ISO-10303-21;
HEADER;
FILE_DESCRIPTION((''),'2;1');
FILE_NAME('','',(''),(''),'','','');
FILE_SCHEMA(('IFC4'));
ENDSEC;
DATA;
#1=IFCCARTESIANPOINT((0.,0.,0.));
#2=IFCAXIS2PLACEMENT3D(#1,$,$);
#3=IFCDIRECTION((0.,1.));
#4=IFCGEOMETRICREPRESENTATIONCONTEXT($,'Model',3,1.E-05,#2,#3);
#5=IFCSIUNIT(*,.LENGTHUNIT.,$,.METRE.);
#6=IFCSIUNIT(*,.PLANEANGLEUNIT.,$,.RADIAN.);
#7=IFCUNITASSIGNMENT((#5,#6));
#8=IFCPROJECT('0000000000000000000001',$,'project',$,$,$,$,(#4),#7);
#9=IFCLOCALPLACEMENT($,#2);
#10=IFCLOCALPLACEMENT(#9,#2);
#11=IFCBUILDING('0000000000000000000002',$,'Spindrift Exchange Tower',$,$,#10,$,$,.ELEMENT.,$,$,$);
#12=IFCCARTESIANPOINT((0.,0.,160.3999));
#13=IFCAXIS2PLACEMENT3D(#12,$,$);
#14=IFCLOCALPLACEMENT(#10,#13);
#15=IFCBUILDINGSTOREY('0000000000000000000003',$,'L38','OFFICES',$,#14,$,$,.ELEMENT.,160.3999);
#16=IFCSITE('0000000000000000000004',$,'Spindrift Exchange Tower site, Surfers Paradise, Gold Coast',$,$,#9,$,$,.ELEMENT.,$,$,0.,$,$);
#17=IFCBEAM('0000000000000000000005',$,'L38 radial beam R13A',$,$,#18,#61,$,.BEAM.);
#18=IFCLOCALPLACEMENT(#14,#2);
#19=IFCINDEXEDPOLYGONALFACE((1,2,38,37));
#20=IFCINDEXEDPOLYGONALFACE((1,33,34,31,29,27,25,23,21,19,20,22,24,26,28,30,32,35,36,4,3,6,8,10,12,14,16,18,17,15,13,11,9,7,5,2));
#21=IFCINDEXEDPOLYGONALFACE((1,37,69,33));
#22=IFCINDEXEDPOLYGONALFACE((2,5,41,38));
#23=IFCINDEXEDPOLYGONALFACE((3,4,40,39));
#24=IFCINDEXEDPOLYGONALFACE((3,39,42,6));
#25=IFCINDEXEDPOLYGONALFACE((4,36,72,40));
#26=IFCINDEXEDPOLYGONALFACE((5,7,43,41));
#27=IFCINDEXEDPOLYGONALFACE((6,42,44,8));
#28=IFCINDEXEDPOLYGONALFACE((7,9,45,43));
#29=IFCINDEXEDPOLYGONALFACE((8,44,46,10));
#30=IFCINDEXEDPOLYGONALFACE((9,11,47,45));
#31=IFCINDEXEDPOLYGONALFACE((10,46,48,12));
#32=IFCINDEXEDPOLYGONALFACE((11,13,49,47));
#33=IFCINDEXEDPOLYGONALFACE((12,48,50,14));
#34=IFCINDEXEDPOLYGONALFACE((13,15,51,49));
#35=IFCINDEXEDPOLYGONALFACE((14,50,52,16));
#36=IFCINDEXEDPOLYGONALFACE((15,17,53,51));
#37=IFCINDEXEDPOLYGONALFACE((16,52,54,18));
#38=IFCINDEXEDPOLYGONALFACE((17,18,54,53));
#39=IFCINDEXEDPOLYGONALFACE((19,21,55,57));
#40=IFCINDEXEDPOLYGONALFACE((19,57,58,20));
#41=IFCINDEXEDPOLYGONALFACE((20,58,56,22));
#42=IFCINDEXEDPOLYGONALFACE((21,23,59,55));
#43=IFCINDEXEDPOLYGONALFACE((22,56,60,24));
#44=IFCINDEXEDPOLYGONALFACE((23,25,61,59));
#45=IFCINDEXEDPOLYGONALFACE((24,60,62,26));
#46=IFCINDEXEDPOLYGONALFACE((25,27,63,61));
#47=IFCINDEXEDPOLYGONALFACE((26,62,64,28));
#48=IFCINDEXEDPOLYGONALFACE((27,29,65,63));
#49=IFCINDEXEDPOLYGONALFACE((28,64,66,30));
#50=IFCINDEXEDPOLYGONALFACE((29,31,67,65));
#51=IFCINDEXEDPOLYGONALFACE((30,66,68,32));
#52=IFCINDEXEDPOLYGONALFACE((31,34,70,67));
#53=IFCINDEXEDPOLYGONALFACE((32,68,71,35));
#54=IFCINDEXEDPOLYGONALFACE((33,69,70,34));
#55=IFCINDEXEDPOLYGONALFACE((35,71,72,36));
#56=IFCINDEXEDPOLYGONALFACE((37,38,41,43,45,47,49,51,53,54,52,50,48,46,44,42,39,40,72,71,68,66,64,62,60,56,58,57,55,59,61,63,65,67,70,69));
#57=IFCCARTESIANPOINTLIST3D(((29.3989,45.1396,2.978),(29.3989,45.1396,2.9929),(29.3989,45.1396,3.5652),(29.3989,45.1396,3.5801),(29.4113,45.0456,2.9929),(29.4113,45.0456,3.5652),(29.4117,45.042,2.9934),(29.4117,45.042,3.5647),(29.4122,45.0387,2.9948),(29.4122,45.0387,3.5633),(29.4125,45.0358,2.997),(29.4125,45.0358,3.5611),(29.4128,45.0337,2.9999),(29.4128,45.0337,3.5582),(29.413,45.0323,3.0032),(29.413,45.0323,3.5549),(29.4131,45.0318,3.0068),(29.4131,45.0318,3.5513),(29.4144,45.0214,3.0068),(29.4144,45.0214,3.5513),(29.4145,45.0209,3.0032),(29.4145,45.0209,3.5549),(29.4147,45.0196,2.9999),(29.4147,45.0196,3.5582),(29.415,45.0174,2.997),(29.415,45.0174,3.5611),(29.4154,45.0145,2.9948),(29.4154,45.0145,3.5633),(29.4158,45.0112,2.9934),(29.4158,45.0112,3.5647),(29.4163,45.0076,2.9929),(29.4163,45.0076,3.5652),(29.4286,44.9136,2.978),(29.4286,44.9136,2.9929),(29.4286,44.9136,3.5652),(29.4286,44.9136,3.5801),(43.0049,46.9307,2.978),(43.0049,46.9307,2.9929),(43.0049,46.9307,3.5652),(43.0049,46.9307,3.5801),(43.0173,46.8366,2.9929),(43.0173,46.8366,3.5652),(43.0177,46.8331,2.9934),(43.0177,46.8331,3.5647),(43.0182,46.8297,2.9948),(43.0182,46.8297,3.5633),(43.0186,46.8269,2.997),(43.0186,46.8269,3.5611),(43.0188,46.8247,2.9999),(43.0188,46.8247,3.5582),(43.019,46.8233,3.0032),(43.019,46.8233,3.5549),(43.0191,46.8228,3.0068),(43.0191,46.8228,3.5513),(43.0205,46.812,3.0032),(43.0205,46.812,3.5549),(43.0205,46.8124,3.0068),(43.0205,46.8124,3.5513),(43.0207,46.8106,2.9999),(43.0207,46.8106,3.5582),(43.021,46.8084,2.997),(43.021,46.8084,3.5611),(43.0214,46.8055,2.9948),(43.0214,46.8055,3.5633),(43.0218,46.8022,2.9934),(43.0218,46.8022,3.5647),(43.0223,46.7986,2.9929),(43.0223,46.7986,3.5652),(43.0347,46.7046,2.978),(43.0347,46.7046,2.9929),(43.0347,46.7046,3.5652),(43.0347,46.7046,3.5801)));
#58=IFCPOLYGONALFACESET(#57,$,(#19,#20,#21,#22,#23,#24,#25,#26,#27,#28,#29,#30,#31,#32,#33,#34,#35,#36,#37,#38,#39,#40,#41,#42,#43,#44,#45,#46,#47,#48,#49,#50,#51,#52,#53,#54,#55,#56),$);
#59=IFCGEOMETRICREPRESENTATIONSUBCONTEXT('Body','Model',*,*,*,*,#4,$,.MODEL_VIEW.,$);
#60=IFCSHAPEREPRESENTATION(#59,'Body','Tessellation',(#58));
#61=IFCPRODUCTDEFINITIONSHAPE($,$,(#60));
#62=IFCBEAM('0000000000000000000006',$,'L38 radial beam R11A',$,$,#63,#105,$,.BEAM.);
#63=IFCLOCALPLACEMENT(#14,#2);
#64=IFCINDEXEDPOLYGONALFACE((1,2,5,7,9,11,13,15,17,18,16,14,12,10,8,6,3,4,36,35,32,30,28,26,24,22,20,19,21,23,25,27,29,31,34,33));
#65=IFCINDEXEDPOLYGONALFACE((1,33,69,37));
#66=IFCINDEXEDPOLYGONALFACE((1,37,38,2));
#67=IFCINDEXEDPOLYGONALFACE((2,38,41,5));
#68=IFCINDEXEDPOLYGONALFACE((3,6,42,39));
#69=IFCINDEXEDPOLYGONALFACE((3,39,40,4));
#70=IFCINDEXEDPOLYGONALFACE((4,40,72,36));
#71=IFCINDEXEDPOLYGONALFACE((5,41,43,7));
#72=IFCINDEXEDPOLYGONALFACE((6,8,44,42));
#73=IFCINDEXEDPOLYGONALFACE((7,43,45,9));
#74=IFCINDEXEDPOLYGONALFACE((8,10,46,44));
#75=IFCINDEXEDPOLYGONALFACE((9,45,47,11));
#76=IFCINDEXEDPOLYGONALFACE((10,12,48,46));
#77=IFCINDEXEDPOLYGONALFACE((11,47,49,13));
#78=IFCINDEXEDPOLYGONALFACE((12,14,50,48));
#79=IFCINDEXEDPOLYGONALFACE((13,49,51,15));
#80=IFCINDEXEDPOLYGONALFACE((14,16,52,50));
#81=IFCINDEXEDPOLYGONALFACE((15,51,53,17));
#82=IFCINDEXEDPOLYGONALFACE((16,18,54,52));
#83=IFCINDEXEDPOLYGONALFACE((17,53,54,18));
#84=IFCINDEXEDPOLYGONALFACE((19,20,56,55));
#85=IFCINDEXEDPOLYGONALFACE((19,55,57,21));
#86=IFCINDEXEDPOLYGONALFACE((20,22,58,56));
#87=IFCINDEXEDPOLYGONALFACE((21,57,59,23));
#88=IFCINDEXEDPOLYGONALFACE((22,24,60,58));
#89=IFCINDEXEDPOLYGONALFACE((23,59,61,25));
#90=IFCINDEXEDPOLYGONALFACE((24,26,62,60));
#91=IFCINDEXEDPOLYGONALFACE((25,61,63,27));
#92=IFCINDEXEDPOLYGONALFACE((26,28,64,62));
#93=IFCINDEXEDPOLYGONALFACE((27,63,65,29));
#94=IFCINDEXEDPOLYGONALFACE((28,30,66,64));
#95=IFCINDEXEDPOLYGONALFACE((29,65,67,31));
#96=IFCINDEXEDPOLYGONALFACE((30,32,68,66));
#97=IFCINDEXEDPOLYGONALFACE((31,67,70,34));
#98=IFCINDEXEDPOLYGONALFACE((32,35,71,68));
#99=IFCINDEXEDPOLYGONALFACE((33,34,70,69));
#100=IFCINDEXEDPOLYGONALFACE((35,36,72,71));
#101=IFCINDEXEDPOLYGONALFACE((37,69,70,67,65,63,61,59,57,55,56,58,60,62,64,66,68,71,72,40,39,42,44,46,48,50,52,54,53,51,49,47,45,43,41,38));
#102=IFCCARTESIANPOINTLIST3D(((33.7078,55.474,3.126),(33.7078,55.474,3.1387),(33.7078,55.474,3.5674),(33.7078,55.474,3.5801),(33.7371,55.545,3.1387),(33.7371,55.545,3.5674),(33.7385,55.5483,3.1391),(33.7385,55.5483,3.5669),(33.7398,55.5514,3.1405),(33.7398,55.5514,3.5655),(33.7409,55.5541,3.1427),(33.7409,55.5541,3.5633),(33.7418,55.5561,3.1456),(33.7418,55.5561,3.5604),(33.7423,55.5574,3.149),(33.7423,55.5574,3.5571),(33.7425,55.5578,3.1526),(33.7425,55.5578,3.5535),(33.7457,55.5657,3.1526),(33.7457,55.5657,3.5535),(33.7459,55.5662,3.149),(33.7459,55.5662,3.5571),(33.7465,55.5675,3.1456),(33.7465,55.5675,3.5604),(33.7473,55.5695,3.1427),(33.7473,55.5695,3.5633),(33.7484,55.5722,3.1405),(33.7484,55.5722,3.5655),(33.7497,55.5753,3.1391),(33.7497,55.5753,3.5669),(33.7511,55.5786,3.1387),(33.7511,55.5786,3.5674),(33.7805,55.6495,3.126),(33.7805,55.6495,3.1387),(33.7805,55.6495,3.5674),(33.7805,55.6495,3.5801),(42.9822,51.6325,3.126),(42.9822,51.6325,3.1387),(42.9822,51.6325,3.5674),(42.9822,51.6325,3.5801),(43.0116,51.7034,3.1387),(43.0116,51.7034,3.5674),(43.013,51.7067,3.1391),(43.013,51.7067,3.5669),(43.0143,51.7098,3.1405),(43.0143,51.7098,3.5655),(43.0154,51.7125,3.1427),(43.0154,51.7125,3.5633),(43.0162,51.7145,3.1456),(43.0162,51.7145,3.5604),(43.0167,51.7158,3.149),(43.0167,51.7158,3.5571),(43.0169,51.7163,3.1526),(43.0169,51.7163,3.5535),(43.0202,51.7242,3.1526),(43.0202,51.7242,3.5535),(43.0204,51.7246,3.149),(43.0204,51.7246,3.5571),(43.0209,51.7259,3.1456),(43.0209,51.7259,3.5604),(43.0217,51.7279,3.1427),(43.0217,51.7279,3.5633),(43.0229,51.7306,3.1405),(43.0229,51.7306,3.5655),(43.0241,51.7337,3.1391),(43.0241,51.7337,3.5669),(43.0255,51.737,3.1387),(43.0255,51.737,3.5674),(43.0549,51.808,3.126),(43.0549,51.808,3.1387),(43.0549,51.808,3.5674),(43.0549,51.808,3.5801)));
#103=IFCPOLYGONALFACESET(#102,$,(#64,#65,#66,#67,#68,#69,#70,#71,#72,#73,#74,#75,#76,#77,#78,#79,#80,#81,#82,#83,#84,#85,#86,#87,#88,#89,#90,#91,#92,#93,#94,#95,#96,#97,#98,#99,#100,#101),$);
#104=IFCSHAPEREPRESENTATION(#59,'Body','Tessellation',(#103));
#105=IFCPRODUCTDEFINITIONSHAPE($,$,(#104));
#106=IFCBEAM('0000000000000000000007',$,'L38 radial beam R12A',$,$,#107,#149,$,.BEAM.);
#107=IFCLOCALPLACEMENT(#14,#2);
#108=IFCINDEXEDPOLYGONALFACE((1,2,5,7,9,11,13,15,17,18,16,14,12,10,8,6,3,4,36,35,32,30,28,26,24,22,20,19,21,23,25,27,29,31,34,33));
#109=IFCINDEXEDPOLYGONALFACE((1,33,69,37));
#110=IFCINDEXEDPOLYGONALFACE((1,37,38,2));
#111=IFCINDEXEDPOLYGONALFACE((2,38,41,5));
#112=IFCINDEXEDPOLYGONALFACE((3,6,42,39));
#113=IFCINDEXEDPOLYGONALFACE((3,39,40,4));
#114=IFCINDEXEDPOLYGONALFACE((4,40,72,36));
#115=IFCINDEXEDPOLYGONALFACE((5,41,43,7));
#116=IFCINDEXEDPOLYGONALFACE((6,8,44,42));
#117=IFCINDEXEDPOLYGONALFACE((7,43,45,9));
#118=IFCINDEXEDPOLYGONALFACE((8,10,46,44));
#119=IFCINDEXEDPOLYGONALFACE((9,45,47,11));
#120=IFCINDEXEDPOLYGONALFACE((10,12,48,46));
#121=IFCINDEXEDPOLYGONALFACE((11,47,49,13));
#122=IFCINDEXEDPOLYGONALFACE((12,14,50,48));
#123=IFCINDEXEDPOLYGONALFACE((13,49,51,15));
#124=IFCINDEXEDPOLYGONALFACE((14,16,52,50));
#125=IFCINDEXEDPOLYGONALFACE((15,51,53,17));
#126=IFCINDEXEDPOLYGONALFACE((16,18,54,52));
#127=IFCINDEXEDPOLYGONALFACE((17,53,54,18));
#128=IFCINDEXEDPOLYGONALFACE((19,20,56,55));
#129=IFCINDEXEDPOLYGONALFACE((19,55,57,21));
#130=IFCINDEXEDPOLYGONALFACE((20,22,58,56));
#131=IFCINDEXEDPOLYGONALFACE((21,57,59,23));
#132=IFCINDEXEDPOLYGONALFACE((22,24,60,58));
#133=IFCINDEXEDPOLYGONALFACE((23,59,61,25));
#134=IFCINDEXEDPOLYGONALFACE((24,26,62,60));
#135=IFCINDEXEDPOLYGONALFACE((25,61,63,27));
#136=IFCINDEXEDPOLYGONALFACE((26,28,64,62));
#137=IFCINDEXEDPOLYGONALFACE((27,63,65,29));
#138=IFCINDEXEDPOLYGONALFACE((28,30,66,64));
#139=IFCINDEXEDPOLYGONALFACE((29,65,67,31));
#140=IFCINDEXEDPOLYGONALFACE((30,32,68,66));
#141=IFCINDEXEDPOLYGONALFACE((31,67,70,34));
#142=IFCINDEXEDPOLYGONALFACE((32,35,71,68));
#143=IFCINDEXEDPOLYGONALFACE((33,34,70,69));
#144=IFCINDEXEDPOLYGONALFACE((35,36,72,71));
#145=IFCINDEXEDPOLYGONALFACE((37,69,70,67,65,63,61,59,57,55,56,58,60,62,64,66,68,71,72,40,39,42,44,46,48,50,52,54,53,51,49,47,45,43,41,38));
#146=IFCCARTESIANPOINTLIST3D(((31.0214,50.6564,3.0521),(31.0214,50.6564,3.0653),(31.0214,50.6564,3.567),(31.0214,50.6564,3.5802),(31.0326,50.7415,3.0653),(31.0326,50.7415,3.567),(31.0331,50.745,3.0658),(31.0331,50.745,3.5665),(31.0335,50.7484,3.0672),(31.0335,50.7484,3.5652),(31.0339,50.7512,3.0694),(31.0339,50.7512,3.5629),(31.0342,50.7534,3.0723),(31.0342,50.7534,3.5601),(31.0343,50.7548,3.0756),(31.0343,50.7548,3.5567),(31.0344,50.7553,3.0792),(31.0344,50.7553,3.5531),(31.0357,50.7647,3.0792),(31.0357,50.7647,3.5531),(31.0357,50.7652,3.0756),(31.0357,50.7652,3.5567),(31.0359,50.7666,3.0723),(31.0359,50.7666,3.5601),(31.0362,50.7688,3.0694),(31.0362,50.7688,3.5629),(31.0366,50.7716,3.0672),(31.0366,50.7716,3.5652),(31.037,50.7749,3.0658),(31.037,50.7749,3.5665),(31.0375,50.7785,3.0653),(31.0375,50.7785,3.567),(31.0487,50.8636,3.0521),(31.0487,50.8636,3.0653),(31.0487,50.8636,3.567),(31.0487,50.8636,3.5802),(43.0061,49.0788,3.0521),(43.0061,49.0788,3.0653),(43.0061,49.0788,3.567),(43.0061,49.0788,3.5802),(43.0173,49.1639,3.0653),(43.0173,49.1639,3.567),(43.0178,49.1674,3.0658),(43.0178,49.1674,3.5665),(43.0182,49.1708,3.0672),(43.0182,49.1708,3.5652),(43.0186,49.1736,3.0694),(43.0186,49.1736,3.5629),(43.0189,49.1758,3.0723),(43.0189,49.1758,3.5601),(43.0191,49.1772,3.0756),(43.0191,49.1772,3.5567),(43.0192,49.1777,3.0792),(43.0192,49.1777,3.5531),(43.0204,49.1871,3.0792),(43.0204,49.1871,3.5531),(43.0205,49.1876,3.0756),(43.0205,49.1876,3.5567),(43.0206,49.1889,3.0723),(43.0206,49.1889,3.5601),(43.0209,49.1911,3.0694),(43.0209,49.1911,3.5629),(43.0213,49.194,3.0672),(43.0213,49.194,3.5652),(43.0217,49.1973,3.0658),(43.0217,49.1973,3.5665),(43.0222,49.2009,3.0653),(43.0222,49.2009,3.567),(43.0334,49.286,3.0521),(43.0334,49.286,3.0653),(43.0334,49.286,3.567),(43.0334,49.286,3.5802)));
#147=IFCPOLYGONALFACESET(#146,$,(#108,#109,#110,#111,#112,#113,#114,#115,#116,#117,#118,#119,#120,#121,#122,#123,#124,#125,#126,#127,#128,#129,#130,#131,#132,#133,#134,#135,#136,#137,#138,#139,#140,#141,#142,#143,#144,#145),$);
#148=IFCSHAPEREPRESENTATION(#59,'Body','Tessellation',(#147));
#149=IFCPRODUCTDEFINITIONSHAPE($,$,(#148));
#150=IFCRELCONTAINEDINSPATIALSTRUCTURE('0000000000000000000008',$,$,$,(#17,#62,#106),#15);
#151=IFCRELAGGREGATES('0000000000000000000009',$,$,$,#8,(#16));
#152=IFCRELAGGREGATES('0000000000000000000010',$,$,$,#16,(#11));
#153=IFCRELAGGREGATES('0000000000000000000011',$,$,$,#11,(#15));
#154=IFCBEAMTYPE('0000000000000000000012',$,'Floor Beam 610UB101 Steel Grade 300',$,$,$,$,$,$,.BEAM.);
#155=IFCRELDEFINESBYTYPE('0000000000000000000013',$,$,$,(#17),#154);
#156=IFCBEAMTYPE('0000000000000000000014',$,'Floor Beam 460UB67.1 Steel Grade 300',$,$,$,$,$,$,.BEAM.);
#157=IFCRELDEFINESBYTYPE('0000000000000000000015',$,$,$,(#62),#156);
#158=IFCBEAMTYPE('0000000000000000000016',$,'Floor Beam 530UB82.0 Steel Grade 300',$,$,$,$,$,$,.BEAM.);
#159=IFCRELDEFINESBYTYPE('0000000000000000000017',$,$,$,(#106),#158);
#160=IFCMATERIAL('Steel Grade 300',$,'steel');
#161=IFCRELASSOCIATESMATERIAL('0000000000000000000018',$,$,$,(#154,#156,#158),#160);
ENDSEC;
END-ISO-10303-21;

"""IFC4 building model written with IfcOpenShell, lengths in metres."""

from ifc_helpers import new_model, si_unit, direction, frame, origin, origin_2d, place, context, subcontext, project, spatial, i_section, extrude, source, transform, mapped, material, material_profile, profile_set, type_object, element, save


model = new_model("IFC4")

# Units and contexts
model_context = context("Model", 3, precision=1e-05, world=origin(), true_north=direction((0.0, 1.0)))
body_context = subcontext(model_context, "Body", "Model", "MODEL_VIEW")
ifc_project = project(units=[si_unit("LENGTHUNIT", "METRE"), si_unit("PLANEANGLEUNIT", "RADIAN")], contexts=[model_context])

# Site, building, storey
site_placement = place(None, origin())
site = spatial("IfcSite", under=ifc_project, at=site_placement, Name="Spindrift Exchange Tower site, Surfers Paradise, Gold Coast", CompositionType="ELEMENT", RefElevation=0.0)
building_placement = place(site_placement, origin())
building = spatial("IfcBuilding", under=site, at=building_placement, Name="Spindrift Exchange Tower", CompositionType="ELEMENT")
storey_placement = place(building_placement, frame((0.0, 0.0, 160.3999)))
storey = spatial("IfcBuildingStorey", under=building, at=storey_placement, Name="L38", Description="OFFICES", CompositionType="ELEMENT", Elevation=160.3999)

# Beams
ifc_material_1 = material(Name="Steel Grade 300", Category="steel")
ifc_material_profile_1 = material_profile(ifc_material_1, i_section(OverallWidth=0.228, OverallDepth=0.6021, WebThickness=0.0105, FlangeThickness=0.0149, FilletRadius=0.0139, at=origin_2d()), Name="610UB101")
ifc_profile_set_1 = profile_set([ifc_material_profile_1], Name="Steel Grade 300")
beam_type_1 = type_object("IfcBeamType", Name="Floor Beam 610UB101 Steel Grade 300", PredefinedType="BEAM", material=ifc_profile_set_1)
shared_shape_1 = source(origin(), body_context, "Body", "SweptSolid", [
    extrude(i_section(OverallWidth=0.228, OverallDepth=0.6021, WebThickness=0.0105, FlangeThickness=0.0149, FilletRadius=0.0139, at=origin_2d()), origin(), (0.0, 0.0, 1.0), 13.7234),
])
beam_1_placement = place(storey_placement, frame((43.0198, 46.8176, 3.2791), z_axis=(-0.991447, -0.130509, 0.0), x_axis=(0.130509, -0.991447, 0.0)))
element("IfcBeam", 1, at=beam_1_placement, inside=storey, type_object=beam_type_1, Name="L38 radial beam R13A", PredefinedType="BEAM", context=body_context, shape_type="MappedRepresentation", body=[
    mapped(shared_shape_1, transform((0.0, 0.0, 0.0), scale=1.0)),
])
ifc_material_profile_2 = material_profile(ifc_material_1, i_section(OverallWidth=0.1899, OverallDepth=0.4541, WebThickness=0.0085, FlangeThickness=0.0127, FilletRadius=0.0139, at=origin_2d()), Name="460UB67.1")
ifc_profile_set_2 = profile_set([ifc_material_profile_2], Name="Steel Grade 300")
beam_type_2 = type_object("IfcBeamType", Name="Floor Beam 460UB67.1 Steel Grade 300", PredefinedType="BEAM", material=ifc_profile_set_2)
shared_shape_2 = source(origin(), body_context, "Body", "SweptSolid", [
    extrude(i_section(OverallWidth=0.1899, OverallDepth=0.4541, WebThickness=0.0085, FlangeThickness=0.0127, FilletRadius=0.0139, at=origin_2d()), origin(), (0.0, 0.0, 1.0), 10.0386),
])
beam_2_placement = place(storey_placement, frame((43.0186, 51.7202, 3.353), z_axis=(-0.923881, 0.38268, 0.0), x_axis=(-0.38268, -0.923881, 0.0)))
element("IfcBeam", 2, at=beam_2_placement, inside=storey, type_object=beam_type_2, Name="L38 radial beam R11A", PredefinedType="BEAM", context=body_context, shape_type="MappedRepresentation", body=[
    mapped(shared_shape_2, transform((0.0, 0.0, 0.0), scale=1.0)),
])
ifc_material_profile_3 = material_profile(ifc_material_1, i_section(OverallWidth=0.209, OverallDepth=0.5281, WebThickness=0.0095, FlangeThickness=0.0132, FilletRadius=0.0139, at=origin_2d()), Name="530UB82.0")
ifc_profile_set_3 = profile_set([ifc_material_profile_3], Name="Steel Grade 300")
beam_type_3 = type_object("IfcBeamType", Name="Floor Beam 530UB82.0 Steel Grade 300", PredefinedType="BEAM", material=ifc_profile_set_3)
shared_shape_3 = source(origin(), body_context, "Body", "SweptSolid", [
    extrude(i_section(OverallWidth=0.209, OverallDepth=0.5281, WebThickness=0.0095, FlangeThickness=0.0132, FilletRadius=0.0139, at=origin_2d()), origin(), (0.0, 0.0, 1.0), 12.0881),
])
beam_3_placement = place(storey_placement, frame((43.0198, 49.1824, 3.3162), z_axis=(-0.991447, 0.13051, 0.0), x_axis=(-0.13051, -0.991447, 0.0)))
element("IfcBeam", 3, at=beam_3_placement, inside=storey, type_object=beam_type_3, Name="L38 radial beam R12A", PredefinedType="BEAM", context=body_context, shape_type="MappedRepresentation", body=[
    mapped(shared_shape_3, transform((0.0, 0.0, 0.0), scale=1.0)),
])

save(model, "model.ifc")
